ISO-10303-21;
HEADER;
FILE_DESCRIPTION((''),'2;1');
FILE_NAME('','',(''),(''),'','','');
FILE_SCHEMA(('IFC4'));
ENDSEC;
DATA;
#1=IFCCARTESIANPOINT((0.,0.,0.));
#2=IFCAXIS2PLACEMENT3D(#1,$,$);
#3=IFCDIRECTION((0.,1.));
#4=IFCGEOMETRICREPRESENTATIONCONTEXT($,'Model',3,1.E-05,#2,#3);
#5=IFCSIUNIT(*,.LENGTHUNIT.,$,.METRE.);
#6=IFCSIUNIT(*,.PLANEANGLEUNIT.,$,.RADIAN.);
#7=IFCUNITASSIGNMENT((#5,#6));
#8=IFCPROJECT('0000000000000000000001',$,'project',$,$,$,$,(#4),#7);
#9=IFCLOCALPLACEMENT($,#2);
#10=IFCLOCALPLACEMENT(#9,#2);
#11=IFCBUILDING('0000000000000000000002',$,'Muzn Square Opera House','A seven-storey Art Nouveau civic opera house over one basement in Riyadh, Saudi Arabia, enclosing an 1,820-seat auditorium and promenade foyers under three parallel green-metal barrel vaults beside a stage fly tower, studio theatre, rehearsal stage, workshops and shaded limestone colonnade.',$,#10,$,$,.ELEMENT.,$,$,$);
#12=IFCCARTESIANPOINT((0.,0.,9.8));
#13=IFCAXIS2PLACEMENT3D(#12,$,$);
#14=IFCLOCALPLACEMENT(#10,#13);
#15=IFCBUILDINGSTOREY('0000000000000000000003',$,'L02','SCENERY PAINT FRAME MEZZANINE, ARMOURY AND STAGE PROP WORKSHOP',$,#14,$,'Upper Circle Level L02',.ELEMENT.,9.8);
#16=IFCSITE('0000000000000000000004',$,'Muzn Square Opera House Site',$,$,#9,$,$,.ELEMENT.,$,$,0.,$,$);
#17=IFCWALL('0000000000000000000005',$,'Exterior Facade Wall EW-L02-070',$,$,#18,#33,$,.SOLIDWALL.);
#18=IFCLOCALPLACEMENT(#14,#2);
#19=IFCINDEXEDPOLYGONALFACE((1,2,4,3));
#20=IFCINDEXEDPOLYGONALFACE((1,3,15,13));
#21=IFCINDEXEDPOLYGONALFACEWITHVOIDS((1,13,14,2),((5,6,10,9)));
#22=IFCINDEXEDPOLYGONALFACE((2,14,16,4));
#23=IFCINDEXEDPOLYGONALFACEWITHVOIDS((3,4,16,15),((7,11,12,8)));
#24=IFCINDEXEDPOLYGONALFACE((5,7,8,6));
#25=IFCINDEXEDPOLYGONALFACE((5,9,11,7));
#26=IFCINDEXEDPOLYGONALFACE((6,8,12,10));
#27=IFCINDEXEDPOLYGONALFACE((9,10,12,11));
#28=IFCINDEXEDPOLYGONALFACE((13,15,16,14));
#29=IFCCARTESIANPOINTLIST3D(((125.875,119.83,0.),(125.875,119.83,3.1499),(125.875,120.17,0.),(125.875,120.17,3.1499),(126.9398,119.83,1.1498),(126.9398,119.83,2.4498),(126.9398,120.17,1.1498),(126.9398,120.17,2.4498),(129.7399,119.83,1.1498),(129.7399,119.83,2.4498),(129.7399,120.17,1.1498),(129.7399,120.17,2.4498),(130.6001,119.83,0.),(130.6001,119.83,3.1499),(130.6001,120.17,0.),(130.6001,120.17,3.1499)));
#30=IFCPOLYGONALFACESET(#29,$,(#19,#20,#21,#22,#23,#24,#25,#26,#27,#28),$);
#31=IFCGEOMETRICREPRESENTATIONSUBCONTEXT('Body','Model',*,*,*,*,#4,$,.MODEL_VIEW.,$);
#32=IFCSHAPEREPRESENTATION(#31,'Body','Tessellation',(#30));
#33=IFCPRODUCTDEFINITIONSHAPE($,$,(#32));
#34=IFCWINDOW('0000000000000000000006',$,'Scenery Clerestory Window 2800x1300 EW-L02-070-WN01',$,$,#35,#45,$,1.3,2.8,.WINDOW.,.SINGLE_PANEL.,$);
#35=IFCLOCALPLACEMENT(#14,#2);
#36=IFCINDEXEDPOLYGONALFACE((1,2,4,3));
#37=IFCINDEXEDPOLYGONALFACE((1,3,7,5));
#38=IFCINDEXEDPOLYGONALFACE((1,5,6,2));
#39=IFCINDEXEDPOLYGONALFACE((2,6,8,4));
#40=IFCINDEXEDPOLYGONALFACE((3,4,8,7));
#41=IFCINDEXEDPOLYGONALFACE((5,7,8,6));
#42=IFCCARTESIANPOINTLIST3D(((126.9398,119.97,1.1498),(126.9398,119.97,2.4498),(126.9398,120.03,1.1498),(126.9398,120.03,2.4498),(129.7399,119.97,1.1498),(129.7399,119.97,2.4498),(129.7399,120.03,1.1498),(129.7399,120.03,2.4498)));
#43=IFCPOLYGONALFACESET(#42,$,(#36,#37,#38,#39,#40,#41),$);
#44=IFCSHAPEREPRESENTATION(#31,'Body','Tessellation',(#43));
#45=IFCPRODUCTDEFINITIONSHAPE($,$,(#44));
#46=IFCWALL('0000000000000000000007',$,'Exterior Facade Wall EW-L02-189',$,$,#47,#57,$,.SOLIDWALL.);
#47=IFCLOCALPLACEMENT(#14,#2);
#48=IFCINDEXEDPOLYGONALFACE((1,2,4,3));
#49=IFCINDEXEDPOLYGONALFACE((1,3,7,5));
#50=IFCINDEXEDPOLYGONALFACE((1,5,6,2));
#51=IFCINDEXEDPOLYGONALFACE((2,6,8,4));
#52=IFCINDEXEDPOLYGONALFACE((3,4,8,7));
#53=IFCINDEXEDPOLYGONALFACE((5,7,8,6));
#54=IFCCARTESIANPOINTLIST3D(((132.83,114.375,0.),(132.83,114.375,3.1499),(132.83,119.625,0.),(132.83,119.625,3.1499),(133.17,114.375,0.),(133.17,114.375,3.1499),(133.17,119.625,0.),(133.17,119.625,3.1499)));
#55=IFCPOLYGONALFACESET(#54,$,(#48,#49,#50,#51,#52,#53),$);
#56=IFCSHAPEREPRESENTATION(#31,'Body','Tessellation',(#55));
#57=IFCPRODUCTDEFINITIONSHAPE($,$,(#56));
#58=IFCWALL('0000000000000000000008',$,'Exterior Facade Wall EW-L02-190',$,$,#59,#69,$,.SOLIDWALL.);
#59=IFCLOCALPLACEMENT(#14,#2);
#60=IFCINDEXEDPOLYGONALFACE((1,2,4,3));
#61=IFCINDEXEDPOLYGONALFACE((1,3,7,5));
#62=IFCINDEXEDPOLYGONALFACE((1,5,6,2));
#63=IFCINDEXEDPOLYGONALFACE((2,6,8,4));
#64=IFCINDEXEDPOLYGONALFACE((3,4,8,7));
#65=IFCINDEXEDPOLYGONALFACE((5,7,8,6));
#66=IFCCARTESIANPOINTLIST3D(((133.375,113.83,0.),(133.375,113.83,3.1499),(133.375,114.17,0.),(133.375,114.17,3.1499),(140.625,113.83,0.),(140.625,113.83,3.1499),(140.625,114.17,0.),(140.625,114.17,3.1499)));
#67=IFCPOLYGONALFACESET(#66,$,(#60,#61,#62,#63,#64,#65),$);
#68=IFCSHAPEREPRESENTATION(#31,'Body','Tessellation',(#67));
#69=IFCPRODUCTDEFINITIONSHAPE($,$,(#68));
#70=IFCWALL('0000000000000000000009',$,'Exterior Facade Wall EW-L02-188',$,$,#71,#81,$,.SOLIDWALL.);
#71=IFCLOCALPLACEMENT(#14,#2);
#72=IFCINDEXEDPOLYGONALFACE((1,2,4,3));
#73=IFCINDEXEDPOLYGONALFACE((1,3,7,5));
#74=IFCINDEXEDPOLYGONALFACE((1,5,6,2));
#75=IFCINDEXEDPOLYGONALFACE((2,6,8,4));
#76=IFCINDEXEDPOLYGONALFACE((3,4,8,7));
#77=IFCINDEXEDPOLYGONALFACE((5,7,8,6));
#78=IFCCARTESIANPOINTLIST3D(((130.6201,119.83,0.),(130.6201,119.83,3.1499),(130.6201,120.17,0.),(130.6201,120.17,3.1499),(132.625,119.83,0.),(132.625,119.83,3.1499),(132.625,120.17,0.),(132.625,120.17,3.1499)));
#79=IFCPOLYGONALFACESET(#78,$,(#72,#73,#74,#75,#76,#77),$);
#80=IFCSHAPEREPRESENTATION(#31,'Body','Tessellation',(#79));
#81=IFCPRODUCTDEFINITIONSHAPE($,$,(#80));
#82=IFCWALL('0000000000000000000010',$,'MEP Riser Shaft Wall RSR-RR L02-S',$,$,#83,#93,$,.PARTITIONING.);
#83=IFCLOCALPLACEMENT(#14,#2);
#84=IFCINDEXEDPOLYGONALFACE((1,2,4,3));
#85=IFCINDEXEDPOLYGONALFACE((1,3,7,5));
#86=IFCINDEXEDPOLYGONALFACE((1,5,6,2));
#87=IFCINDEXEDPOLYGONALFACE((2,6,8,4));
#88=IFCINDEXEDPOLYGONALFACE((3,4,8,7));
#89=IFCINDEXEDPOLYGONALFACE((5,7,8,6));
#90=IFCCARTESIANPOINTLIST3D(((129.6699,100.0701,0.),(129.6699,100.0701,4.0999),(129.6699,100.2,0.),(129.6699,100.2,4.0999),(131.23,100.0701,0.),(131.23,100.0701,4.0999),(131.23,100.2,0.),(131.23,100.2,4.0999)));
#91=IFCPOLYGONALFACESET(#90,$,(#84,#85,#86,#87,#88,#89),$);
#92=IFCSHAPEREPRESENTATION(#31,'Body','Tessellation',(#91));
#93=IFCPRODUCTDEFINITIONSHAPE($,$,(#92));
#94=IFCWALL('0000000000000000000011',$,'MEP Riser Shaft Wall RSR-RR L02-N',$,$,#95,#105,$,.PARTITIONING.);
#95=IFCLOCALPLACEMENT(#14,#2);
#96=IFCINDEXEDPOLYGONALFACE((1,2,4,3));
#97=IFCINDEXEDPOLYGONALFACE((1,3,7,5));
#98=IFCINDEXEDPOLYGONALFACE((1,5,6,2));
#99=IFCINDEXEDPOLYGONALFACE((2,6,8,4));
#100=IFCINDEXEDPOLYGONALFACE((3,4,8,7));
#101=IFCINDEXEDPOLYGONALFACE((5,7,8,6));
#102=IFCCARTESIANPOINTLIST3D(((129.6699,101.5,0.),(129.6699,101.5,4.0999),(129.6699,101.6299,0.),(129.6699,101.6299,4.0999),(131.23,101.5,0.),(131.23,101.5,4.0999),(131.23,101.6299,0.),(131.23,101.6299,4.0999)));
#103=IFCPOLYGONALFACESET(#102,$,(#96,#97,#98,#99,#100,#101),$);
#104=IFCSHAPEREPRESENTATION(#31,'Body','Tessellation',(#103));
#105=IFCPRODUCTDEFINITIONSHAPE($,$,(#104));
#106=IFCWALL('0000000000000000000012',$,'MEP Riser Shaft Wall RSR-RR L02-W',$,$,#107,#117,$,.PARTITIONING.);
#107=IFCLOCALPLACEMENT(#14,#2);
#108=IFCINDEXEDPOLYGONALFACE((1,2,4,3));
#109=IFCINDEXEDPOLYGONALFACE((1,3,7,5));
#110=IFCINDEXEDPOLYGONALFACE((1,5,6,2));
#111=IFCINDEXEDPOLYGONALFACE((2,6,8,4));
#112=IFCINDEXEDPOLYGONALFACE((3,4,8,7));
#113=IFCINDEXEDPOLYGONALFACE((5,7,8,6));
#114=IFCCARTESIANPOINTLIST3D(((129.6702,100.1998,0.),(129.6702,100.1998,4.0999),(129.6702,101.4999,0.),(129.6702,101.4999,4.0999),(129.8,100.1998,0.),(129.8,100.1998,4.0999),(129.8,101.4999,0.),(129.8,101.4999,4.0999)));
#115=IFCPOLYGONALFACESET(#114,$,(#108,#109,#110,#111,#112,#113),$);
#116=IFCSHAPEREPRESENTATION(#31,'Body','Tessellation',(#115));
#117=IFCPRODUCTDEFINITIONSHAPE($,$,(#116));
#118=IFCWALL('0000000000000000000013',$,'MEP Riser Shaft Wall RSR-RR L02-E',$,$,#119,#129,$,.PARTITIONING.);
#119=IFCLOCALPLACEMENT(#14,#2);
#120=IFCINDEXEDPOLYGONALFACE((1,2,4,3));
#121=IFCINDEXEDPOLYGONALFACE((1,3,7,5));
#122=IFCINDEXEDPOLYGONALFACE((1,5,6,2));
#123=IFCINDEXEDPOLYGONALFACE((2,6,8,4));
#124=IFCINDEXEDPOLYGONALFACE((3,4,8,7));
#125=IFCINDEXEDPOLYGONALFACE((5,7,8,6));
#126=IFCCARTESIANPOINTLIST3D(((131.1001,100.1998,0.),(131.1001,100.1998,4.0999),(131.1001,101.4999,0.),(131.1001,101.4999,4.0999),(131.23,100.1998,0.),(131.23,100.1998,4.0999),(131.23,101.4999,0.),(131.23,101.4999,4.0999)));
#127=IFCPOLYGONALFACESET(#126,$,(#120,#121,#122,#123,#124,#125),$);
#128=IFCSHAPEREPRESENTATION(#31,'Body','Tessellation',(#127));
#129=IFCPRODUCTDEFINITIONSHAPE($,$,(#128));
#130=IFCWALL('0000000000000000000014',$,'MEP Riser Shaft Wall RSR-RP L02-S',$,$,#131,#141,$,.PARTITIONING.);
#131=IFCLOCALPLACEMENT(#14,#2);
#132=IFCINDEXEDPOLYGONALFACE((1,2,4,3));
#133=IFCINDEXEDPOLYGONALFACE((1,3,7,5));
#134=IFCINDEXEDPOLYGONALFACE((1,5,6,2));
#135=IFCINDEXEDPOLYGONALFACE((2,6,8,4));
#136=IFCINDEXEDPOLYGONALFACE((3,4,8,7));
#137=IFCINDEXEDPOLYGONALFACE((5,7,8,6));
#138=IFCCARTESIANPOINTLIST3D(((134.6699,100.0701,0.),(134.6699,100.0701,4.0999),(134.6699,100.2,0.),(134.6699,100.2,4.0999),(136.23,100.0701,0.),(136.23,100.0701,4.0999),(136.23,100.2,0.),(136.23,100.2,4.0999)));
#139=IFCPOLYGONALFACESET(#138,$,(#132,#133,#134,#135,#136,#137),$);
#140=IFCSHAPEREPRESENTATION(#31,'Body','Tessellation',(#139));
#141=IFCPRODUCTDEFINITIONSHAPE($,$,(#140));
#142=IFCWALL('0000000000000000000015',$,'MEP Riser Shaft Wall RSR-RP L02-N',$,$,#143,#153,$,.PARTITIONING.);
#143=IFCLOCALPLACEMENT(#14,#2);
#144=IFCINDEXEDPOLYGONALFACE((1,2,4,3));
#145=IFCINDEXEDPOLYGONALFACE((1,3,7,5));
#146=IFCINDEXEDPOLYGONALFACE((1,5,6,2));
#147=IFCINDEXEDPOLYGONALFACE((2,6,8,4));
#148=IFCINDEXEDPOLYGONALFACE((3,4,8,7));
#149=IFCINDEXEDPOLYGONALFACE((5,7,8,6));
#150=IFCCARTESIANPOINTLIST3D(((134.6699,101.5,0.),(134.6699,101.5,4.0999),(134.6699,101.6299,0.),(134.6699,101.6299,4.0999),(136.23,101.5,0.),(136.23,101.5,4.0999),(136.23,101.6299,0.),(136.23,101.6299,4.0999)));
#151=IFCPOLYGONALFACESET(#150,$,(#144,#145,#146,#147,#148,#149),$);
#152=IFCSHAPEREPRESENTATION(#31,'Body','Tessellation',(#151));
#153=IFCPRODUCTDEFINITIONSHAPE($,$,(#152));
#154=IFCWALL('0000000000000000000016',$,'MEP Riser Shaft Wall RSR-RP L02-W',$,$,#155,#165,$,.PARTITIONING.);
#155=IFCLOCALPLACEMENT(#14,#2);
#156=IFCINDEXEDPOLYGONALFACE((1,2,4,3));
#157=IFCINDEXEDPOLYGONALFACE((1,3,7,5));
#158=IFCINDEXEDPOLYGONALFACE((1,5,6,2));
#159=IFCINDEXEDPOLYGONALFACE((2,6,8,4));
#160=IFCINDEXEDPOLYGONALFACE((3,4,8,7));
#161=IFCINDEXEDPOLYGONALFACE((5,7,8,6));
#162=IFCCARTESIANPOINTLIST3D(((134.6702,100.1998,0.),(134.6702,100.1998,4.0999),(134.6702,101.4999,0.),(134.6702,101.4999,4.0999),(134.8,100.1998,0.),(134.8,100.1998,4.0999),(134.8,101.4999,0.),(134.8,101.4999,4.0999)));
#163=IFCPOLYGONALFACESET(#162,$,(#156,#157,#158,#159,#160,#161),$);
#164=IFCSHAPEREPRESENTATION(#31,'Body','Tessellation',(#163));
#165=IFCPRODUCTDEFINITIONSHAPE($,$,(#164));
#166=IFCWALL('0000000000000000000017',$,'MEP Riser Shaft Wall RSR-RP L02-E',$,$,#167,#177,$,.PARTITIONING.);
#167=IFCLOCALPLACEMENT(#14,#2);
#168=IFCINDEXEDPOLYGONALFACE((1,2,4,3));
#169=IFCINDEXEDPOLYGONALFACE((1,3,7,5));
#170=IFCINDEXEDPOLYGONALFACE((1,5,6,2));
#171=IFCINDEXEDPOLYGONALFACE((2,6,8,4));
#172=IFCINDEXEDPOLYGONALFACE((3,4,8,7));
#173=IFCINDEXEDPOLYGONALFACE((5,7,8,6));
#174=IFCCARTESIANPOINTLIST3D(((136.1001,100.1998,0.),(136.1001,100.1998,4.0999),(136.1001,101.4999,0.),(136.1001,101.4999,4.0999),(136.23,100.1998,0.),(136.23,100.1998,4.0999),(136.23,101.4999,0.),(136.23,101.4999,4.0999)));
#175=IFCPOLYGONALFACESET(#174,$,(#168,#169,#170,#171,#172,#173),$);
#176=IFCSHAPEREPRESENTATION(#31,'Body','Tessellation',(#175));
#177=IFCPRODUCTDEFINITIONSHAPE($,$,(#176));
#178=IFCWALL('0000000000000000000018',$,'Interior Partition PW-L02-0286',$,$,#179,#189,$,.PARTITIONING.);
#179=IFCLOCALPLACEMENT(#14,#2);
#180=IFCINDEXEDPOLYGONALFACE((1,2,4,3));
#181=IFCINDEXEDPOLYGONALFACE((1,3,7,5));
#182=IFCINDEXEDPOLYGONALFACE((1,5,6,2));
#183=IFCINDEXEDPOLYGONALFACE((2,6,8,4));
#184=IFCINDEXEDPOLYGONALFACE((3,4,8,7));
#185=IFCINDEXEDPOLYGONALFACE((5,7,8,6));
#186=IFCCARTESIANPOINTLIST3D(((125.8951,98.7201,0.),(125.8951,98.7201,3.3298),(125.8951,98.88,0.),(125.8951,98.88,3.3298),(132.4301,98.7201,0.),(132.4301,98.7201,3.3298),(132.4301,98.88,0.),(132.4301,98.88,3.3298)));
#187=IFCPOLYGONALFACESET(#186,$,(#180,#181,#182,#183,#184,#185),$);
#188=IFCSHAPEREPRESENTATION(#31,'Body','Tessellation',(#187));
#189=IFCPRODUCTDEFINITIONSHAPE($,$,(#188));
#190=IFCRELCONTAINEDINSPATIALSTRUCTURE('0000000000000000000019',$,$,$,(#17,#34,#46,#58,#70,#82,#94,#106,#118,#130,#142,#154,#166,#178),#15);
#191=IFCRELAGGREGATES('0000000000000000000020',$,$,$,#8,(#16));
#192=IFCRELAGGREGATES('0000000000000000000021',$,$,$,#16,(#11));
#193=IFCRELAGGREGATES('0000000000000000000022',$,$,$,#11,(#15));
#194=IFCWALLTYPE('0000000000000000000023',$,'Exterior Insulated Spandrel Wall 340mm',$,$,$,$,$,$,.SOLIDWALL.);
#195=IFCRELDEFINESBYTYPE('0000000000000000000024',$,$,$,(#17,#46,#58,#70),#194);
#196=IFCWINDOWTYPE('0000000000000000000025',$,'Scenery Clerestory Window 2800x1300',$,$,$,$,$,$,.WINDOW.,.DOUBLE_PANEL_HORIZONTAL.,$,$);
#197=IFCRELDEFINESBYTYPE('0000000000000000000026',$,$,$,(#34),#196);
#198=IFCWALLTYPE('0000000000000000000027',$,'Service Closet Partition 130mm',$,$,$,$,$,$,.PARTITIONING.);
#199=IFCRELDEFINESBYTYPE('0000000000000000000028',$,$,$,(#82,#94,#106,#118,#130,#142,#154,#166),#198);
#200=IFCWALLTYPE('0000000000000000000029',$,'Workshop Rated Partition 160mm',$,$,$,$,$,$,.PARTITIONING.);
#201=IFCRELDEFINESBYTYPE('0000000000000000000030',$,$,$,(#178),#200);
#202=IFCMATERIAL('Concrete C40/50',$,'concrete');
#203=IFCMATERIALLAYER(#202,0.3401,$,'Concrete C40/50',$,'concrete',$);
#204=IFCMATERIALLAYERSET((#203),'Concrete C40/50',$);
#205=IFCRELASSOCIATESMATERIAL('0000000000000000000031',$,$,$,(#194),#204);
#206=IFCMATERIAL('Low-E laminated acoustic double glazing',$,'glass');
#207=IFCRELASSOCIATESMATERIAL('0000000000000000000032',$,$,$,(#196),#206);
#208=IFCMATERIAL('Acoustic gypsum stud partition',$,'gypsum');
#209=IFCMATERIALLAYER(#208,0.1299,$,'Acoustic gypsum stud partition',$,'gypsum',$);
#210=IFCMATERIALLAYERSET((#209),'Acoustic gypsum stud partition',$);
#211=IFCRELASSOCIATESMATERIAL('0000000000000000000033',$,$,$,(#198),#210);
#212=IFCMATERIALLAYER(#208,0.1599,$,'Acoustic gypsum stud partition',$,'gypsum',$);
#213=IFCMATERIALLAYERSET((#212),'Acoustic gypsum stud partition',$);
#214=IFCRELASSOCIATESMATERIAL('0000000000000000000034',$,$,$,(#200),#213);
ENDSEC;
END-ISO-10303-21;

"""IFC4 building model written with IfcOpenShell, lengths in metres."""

from ifc_helpers import new_model, si_unit, direction, frame, frame_2d, origin, place, context, subcontext, project, spatial, rectangle, extrude, material, layer, layer_set, type_object, element, fill, save


model = new_model("IFC4")

# Units and contexts
model_context = context("Model", 3, precision=1e-05, world=origin(), true_north=direction((0.0, 1.0)))
body_context = subcontext(model_context, "Body", "Model", "MODEL_VIEW")
ifc_project = project(units=[si_unit("LENGTHUNIT", "METRE"), si_unit("PLANEANGLEUNIT", "RADIAN")], contexts=[model_context])

# Site, building, storey
site_placement = place(None, origin())
site = spatial("IfcSite", under=ifc_project, at=site_placement, Name="Muzn Square Opera House Site", CompositionType="ELEMENT", RefElevation=0.0)
building_placement = place(site_placement, origin())
building = spatial("IfcBuilding", under=site, at=building_placement, Name="Muzn Square Opera House", Description="A seven-storey Art Nouveau civic opera house over one basement in Riyadh, Saudi Arabia, enclosing an 1,820-seat auditorium and promenade foyers under three parallel green-metal barrel vaults beside a stage fly tower, studio theatre, rehearsal stage, workshops and shaded limestone colonnade.", CompositionType="ELEMENT")
storey_placement = place(building_placement, frame((0.0, 0.0, 9.8)))
storey = spatial("IfcBuildingStorey", under=building, at=storey_placement, Name="L02", Description="SCENERY PAINT FRAME MEZZANINE, ARMOURY AND STAGE PROP WORKSHOP", LongName="Upper Circle Level L02", CompositionType="ELEMENT", Elevation=9.8)

# Shared definitions
ifc_material_1 = material(Name="Concrete C40/50", Category="concrete")

# Wall, opening, window
ifc_material_2 = material(Name="Low-E laminated acoustic double glazing", Category="glass")
ifc_layer_1 = layer(ifc_material_1, 0.3401, Name="Concrete C40/50", Category="concrete")
ifc_layer_set_1 = layer_set([ifc_layer_1], Name="Concrete C40/50")
wall_type_1 = type_object("IfcWallType", Name="Exterior Insulated Spandrel Wall 340mm", PredefinedType="SOLIDWALL", material=ifc_layer_set_1)
wall_1_placement = place(storey_placement, frame((125.875, 120.0, 0.0), z_axis=(0.0, 0.0, 1.0), x_axis=(1.0, 0.0, 0.0)))
wall_1 = element("IfcWall", 1, at=wall_1_placement, inside=storey, type_object=wall_type_1, Name="Exterior Facade Wall EW-L02-070", PredefinedType="SOLIDWALL", context=body_context, shape_type="SweptSolid", body=[
    extrude(rectangle(XDim=4.7251, YDim=0.3401, at=frame_2d((2.3625, 0.0))), origin(), (0.0, 0.0, 1.0), 3.1499),
])
opening_1_placement = place(wall_1_placement, frame((1.0649, 0.0, 1.1499)))
opening_1 = element("IfcOpeningElement", 2, at=opening_1_placement, cuts=wall_1, PredefinedType="OPENING", context=body_context, shape_type="SweptSolid", body=[
    extrude(rectangle(XDim=2.8, YDim=1.3, at=frame_2d((1.3999, 0.6499))), frame((0.0, 0.1799, 0.0), z_axis=(0.0, -1.0, 0.0), x_axis=(1.0, 0.0, 0.0)), (0.0, 0.0, 1.0), 0.3601),
])
window_type_1 = type_object("IfcWindowType", Name="Scenery Clerestory Window 2800x1300", PartitioningType="DOUBLE_PANEL_HORIZONTAL", PredefinedType="WINDOW", material=ifc_material_2)
window_1_placement = place(opening_1_placement, origin())
window_1 = element("IfcWindow", 3, at=window_1_placement, inside=storey, type_object=window_type_1, Name="Scenery Clerestory Window 2800x1300 EW-L02-070-WN01", OverallHeight=1.3, OverallWidth=2.8, PartitioningType="SINGLE_PANEL", PredefinedType="WINDOW", context=body_context, shape_type="SweptSolid", body=[
    extrude(rectangle(XDim=2.8, YDim=1.3, at=frame_2d((1.3999, 0.6499))), frame((0.0, 0.03, 0.0), z_axis=(0.0, -1.0, 0.0), x_axis=(1.0, 0.0, 0.0)), (0.0, 0.0, 1.0), 0.0601),
])
fill(opening_1, window_1)

# Walls
wall_2_placement = place(storey_placement, frame((133.0, 114.375, 0.0), z_axis=(0.0, 0.0, 1.0), x_axis=(0.0, 1.0, 0.0)))
element("IfcWall", 4, at=wall_2_placement, inside=storey, type_object=wall_type_1, Name="Exterior Facade Wall EW-L02-189", PredefinedType="SOLIDWALL", context=body_context, shape_type="SweptSolid", body=[
    extrude(rectangle(XDim=5.25, YDim=0.3401, at=frame_2d((2.625, 0.0))), origin(), (0.0, 0.0, 1.0), 3.1499),
])
wall_3_placement = place(storey_placement, frame((133.375, 114.0, 0.0), z_axis=(0.0, 0.0, 1.0), x_axis=(1.0, 0.0, 0.0)))
element("IfcWall", 5, at=wall_3_placement, inside=storey, type_object=wall_type_1, Name="Exterior Facade Wall EW-L02-190", PredefinedType="SOLIDWALL", context=body_context, shape_type="SweptSolid", body=[
    extrude(rectangle(XDim=7.25, YDim=0.3401, at=frame_2d((3.625, 0.0))), origin(), (0.0, 0.0, 1.0), 3.1499),
])
wall_4_placement = place(storey_placement, frame((130.6201, 120.0, 0.0), z_axis=(0.0, 0.0, 1.0), x_axis=(1.0, 0.0, 0.0)))
element("IfcWall", 6, at=wall_4_placement, inside=storey, type_object=wall_type_1, Name="Exterior Facade Wall EW-L02-188", PredefinedType="SOLIDWALL", context=body_context, shape_type="SweptSolid", body=[
    extrude(rectangle(XDim=2.0049, YDim=0.3401, at=frame_2d((1.0024, 0.0))), origin(), (0.0, 0.0, 1.0), 3.1499),
])
ifc_material_3 = material(Name="Acoustic gypsum stud partition", Category="gypsum")
ifc_layer_2 = layer(ifc_material_3, 0.1299, Name="Acoustic gypsum stud partition", Category="gypsum")
ifc_layer_set_2 = layer_set([ifc_layer_2], Name="Acoustic gypsum stud partition")
wall_type_2 = type_object("IfcWallType", Name="Service Closet Partition 130mm", PredefinedType="PARTITIONING", material=ifc_layer_set_2)
for number, where, z_axis, x_axis, name in (
    (7, (129.6699, 100.135, 0.0), (0.0, 0.0, 1.0), (1.0, 0.0, 0.0), "MEP Riser Shaft Wall RSR-RR L02-S"),
    (8, (129.6699, 101.5649, 0.0), (0.0, 0.0, 1.0), (1.0, 0.0, 0.0), "MEP Riser Shaft Wall RSR-RR L02-N"),
):
    element("IfcWall", number, at=place(storey_placement, frame(where, z_axis=z_axis, x_axis=x_axis)), inside=storey, type_object=wall_type_2, Name=name, PredefinedType="PARTITIONING", context=body_context, shape_type="SweptSolid", body=[
        extrude(rectangle(XDim=1.5601, YDim=0.1299, at=frame_2d((0.78, 0.0))), origin(), (0.0, 0.0, 1.0), 4.0999),
    ])
for number, where, z_axis, x_axis, name in (
    (9, (129.7351, 100.2, 0.0), (0.0, 0.0, 1.0), (0.0, 1.0, 0.0), "MEP Riser Shaft Wall RSR-RR L02-W"),
    (10, (131.165, 100.2, 0.0), (0.0, 0.0, 1.0), (0.0, 1.0, 0.0), "MEP Riser Shaft Wall RSR-RR L02-E"),
):
    element("IfcWall", number, at=place(storey_placement, frame(where, z_axis=z_axis, x_axis=x_axis)), inside=storey, type_object=wall_type_2, Name=name, PredefinedType="PARTITIONING", context=body_context, shape_type="SweptSolid", body=[
        extrude(rectangle(XDim=1.3, YDim=0.1299, at=frame_2d((0.6499, 0.0))), origin(), (0.0, 0.0, 1.0), 4.0999),
    ])
for number, where, z_axis, x_axis, name in (
    (11, (134.6699, 100.135, 0.0), (0.0, 0.0, 1.0), (1.0, 0.0, 0.0), "MEP Riser Shaft Wall RSR-RP L02-S"),
    (12, (134.6699, 101.5649, 0.0), (0.0, 0.0, 1.0), (1.0, 0.0, 0.0), "MEP Riser Shaft Wall RSR-RP L02-N"),
):
    element("IfcWall", number, at=place(storey_placement, frame(where, z_axis=z_axis, x_axis=x_axis)), inside=storey, type_object=wall_type_2, Name=name, PredefinedType="PARTITIONING", context=body_context, shape_type="SweptSolid", body=[
        extrude(rectangle(XDim=1.5601, YDim=0.1299, at=frame_2d((0.78, 0.0))), origin(), (0.0, 0.0, 1.0), 4.0999),
    ])
for number, where, z_axis, x_axis, name in (
    (13, (134.7351, 100.2, 0.0), (0.0, 0.0, 1.0), (0.0, 1.0, 0.0), "MEP Riser Shaft Wall RSR-RP L02-W"),
    (14, (136.165, 100.2, 0.0), (0.0, 0.0, 1.0), (0.0, 1.0, 0.0), "MEP Riser Shaft Wall RSR-RP L02-E"),
):
    element("IfcWall", number, at=place(storey_placement, frame(where, z_axis=z_axis, x_axis=x_axis)), inside=storey, type_object=wall_type_2, Name=name, PredefinedType="PARTITIONING", context=body_context, shape_type="SweptSolid", body=[
        extrude(rectangle(XDim=1.3, YDim=0.1299, at=frame_2d((0.6499, 0.0))), origin(), (0.0, 0.0, 1.0), 4.0999),
    ])
ifc_layer_3 = layer(ifc_material_3, 0.1599, Name="Acoustic gypsum stud partition", Category="gypsum")
ifc_layer_set_3 = layer_set([ifc_layer_3], Name="Acoustic gypsum stud partition")
wall_type_3 = type_object("IfcWallType", Name="Workshop Rated Partition 160mm", PredefinedType="PARTITIONING", material=ifc_layer_set_3)
wall_5_placement = place(storey_placement, frame((125.895, 98.8, 0.0), z_axis=(0.0, 0.0, 1.0), x_axis=(1.0, 0.0, 0.0)))
element("IfcWall", 15, at=wall_5_placement, inside=storey, type_object=wall_type_3, Name="Interior Partition PW-L02-0286", PredefinedType="PARTITIONING", context=body_context, shape_type="SweptSolid", body=[
    extrude(rectangle(XDim=6.5349, YDim=0.1599, at=frame_2d((3.2676, 0.0))), origin(), (0.0, 0.0, 1.0), 3.3298),
])

save(model, "model.ifc")
